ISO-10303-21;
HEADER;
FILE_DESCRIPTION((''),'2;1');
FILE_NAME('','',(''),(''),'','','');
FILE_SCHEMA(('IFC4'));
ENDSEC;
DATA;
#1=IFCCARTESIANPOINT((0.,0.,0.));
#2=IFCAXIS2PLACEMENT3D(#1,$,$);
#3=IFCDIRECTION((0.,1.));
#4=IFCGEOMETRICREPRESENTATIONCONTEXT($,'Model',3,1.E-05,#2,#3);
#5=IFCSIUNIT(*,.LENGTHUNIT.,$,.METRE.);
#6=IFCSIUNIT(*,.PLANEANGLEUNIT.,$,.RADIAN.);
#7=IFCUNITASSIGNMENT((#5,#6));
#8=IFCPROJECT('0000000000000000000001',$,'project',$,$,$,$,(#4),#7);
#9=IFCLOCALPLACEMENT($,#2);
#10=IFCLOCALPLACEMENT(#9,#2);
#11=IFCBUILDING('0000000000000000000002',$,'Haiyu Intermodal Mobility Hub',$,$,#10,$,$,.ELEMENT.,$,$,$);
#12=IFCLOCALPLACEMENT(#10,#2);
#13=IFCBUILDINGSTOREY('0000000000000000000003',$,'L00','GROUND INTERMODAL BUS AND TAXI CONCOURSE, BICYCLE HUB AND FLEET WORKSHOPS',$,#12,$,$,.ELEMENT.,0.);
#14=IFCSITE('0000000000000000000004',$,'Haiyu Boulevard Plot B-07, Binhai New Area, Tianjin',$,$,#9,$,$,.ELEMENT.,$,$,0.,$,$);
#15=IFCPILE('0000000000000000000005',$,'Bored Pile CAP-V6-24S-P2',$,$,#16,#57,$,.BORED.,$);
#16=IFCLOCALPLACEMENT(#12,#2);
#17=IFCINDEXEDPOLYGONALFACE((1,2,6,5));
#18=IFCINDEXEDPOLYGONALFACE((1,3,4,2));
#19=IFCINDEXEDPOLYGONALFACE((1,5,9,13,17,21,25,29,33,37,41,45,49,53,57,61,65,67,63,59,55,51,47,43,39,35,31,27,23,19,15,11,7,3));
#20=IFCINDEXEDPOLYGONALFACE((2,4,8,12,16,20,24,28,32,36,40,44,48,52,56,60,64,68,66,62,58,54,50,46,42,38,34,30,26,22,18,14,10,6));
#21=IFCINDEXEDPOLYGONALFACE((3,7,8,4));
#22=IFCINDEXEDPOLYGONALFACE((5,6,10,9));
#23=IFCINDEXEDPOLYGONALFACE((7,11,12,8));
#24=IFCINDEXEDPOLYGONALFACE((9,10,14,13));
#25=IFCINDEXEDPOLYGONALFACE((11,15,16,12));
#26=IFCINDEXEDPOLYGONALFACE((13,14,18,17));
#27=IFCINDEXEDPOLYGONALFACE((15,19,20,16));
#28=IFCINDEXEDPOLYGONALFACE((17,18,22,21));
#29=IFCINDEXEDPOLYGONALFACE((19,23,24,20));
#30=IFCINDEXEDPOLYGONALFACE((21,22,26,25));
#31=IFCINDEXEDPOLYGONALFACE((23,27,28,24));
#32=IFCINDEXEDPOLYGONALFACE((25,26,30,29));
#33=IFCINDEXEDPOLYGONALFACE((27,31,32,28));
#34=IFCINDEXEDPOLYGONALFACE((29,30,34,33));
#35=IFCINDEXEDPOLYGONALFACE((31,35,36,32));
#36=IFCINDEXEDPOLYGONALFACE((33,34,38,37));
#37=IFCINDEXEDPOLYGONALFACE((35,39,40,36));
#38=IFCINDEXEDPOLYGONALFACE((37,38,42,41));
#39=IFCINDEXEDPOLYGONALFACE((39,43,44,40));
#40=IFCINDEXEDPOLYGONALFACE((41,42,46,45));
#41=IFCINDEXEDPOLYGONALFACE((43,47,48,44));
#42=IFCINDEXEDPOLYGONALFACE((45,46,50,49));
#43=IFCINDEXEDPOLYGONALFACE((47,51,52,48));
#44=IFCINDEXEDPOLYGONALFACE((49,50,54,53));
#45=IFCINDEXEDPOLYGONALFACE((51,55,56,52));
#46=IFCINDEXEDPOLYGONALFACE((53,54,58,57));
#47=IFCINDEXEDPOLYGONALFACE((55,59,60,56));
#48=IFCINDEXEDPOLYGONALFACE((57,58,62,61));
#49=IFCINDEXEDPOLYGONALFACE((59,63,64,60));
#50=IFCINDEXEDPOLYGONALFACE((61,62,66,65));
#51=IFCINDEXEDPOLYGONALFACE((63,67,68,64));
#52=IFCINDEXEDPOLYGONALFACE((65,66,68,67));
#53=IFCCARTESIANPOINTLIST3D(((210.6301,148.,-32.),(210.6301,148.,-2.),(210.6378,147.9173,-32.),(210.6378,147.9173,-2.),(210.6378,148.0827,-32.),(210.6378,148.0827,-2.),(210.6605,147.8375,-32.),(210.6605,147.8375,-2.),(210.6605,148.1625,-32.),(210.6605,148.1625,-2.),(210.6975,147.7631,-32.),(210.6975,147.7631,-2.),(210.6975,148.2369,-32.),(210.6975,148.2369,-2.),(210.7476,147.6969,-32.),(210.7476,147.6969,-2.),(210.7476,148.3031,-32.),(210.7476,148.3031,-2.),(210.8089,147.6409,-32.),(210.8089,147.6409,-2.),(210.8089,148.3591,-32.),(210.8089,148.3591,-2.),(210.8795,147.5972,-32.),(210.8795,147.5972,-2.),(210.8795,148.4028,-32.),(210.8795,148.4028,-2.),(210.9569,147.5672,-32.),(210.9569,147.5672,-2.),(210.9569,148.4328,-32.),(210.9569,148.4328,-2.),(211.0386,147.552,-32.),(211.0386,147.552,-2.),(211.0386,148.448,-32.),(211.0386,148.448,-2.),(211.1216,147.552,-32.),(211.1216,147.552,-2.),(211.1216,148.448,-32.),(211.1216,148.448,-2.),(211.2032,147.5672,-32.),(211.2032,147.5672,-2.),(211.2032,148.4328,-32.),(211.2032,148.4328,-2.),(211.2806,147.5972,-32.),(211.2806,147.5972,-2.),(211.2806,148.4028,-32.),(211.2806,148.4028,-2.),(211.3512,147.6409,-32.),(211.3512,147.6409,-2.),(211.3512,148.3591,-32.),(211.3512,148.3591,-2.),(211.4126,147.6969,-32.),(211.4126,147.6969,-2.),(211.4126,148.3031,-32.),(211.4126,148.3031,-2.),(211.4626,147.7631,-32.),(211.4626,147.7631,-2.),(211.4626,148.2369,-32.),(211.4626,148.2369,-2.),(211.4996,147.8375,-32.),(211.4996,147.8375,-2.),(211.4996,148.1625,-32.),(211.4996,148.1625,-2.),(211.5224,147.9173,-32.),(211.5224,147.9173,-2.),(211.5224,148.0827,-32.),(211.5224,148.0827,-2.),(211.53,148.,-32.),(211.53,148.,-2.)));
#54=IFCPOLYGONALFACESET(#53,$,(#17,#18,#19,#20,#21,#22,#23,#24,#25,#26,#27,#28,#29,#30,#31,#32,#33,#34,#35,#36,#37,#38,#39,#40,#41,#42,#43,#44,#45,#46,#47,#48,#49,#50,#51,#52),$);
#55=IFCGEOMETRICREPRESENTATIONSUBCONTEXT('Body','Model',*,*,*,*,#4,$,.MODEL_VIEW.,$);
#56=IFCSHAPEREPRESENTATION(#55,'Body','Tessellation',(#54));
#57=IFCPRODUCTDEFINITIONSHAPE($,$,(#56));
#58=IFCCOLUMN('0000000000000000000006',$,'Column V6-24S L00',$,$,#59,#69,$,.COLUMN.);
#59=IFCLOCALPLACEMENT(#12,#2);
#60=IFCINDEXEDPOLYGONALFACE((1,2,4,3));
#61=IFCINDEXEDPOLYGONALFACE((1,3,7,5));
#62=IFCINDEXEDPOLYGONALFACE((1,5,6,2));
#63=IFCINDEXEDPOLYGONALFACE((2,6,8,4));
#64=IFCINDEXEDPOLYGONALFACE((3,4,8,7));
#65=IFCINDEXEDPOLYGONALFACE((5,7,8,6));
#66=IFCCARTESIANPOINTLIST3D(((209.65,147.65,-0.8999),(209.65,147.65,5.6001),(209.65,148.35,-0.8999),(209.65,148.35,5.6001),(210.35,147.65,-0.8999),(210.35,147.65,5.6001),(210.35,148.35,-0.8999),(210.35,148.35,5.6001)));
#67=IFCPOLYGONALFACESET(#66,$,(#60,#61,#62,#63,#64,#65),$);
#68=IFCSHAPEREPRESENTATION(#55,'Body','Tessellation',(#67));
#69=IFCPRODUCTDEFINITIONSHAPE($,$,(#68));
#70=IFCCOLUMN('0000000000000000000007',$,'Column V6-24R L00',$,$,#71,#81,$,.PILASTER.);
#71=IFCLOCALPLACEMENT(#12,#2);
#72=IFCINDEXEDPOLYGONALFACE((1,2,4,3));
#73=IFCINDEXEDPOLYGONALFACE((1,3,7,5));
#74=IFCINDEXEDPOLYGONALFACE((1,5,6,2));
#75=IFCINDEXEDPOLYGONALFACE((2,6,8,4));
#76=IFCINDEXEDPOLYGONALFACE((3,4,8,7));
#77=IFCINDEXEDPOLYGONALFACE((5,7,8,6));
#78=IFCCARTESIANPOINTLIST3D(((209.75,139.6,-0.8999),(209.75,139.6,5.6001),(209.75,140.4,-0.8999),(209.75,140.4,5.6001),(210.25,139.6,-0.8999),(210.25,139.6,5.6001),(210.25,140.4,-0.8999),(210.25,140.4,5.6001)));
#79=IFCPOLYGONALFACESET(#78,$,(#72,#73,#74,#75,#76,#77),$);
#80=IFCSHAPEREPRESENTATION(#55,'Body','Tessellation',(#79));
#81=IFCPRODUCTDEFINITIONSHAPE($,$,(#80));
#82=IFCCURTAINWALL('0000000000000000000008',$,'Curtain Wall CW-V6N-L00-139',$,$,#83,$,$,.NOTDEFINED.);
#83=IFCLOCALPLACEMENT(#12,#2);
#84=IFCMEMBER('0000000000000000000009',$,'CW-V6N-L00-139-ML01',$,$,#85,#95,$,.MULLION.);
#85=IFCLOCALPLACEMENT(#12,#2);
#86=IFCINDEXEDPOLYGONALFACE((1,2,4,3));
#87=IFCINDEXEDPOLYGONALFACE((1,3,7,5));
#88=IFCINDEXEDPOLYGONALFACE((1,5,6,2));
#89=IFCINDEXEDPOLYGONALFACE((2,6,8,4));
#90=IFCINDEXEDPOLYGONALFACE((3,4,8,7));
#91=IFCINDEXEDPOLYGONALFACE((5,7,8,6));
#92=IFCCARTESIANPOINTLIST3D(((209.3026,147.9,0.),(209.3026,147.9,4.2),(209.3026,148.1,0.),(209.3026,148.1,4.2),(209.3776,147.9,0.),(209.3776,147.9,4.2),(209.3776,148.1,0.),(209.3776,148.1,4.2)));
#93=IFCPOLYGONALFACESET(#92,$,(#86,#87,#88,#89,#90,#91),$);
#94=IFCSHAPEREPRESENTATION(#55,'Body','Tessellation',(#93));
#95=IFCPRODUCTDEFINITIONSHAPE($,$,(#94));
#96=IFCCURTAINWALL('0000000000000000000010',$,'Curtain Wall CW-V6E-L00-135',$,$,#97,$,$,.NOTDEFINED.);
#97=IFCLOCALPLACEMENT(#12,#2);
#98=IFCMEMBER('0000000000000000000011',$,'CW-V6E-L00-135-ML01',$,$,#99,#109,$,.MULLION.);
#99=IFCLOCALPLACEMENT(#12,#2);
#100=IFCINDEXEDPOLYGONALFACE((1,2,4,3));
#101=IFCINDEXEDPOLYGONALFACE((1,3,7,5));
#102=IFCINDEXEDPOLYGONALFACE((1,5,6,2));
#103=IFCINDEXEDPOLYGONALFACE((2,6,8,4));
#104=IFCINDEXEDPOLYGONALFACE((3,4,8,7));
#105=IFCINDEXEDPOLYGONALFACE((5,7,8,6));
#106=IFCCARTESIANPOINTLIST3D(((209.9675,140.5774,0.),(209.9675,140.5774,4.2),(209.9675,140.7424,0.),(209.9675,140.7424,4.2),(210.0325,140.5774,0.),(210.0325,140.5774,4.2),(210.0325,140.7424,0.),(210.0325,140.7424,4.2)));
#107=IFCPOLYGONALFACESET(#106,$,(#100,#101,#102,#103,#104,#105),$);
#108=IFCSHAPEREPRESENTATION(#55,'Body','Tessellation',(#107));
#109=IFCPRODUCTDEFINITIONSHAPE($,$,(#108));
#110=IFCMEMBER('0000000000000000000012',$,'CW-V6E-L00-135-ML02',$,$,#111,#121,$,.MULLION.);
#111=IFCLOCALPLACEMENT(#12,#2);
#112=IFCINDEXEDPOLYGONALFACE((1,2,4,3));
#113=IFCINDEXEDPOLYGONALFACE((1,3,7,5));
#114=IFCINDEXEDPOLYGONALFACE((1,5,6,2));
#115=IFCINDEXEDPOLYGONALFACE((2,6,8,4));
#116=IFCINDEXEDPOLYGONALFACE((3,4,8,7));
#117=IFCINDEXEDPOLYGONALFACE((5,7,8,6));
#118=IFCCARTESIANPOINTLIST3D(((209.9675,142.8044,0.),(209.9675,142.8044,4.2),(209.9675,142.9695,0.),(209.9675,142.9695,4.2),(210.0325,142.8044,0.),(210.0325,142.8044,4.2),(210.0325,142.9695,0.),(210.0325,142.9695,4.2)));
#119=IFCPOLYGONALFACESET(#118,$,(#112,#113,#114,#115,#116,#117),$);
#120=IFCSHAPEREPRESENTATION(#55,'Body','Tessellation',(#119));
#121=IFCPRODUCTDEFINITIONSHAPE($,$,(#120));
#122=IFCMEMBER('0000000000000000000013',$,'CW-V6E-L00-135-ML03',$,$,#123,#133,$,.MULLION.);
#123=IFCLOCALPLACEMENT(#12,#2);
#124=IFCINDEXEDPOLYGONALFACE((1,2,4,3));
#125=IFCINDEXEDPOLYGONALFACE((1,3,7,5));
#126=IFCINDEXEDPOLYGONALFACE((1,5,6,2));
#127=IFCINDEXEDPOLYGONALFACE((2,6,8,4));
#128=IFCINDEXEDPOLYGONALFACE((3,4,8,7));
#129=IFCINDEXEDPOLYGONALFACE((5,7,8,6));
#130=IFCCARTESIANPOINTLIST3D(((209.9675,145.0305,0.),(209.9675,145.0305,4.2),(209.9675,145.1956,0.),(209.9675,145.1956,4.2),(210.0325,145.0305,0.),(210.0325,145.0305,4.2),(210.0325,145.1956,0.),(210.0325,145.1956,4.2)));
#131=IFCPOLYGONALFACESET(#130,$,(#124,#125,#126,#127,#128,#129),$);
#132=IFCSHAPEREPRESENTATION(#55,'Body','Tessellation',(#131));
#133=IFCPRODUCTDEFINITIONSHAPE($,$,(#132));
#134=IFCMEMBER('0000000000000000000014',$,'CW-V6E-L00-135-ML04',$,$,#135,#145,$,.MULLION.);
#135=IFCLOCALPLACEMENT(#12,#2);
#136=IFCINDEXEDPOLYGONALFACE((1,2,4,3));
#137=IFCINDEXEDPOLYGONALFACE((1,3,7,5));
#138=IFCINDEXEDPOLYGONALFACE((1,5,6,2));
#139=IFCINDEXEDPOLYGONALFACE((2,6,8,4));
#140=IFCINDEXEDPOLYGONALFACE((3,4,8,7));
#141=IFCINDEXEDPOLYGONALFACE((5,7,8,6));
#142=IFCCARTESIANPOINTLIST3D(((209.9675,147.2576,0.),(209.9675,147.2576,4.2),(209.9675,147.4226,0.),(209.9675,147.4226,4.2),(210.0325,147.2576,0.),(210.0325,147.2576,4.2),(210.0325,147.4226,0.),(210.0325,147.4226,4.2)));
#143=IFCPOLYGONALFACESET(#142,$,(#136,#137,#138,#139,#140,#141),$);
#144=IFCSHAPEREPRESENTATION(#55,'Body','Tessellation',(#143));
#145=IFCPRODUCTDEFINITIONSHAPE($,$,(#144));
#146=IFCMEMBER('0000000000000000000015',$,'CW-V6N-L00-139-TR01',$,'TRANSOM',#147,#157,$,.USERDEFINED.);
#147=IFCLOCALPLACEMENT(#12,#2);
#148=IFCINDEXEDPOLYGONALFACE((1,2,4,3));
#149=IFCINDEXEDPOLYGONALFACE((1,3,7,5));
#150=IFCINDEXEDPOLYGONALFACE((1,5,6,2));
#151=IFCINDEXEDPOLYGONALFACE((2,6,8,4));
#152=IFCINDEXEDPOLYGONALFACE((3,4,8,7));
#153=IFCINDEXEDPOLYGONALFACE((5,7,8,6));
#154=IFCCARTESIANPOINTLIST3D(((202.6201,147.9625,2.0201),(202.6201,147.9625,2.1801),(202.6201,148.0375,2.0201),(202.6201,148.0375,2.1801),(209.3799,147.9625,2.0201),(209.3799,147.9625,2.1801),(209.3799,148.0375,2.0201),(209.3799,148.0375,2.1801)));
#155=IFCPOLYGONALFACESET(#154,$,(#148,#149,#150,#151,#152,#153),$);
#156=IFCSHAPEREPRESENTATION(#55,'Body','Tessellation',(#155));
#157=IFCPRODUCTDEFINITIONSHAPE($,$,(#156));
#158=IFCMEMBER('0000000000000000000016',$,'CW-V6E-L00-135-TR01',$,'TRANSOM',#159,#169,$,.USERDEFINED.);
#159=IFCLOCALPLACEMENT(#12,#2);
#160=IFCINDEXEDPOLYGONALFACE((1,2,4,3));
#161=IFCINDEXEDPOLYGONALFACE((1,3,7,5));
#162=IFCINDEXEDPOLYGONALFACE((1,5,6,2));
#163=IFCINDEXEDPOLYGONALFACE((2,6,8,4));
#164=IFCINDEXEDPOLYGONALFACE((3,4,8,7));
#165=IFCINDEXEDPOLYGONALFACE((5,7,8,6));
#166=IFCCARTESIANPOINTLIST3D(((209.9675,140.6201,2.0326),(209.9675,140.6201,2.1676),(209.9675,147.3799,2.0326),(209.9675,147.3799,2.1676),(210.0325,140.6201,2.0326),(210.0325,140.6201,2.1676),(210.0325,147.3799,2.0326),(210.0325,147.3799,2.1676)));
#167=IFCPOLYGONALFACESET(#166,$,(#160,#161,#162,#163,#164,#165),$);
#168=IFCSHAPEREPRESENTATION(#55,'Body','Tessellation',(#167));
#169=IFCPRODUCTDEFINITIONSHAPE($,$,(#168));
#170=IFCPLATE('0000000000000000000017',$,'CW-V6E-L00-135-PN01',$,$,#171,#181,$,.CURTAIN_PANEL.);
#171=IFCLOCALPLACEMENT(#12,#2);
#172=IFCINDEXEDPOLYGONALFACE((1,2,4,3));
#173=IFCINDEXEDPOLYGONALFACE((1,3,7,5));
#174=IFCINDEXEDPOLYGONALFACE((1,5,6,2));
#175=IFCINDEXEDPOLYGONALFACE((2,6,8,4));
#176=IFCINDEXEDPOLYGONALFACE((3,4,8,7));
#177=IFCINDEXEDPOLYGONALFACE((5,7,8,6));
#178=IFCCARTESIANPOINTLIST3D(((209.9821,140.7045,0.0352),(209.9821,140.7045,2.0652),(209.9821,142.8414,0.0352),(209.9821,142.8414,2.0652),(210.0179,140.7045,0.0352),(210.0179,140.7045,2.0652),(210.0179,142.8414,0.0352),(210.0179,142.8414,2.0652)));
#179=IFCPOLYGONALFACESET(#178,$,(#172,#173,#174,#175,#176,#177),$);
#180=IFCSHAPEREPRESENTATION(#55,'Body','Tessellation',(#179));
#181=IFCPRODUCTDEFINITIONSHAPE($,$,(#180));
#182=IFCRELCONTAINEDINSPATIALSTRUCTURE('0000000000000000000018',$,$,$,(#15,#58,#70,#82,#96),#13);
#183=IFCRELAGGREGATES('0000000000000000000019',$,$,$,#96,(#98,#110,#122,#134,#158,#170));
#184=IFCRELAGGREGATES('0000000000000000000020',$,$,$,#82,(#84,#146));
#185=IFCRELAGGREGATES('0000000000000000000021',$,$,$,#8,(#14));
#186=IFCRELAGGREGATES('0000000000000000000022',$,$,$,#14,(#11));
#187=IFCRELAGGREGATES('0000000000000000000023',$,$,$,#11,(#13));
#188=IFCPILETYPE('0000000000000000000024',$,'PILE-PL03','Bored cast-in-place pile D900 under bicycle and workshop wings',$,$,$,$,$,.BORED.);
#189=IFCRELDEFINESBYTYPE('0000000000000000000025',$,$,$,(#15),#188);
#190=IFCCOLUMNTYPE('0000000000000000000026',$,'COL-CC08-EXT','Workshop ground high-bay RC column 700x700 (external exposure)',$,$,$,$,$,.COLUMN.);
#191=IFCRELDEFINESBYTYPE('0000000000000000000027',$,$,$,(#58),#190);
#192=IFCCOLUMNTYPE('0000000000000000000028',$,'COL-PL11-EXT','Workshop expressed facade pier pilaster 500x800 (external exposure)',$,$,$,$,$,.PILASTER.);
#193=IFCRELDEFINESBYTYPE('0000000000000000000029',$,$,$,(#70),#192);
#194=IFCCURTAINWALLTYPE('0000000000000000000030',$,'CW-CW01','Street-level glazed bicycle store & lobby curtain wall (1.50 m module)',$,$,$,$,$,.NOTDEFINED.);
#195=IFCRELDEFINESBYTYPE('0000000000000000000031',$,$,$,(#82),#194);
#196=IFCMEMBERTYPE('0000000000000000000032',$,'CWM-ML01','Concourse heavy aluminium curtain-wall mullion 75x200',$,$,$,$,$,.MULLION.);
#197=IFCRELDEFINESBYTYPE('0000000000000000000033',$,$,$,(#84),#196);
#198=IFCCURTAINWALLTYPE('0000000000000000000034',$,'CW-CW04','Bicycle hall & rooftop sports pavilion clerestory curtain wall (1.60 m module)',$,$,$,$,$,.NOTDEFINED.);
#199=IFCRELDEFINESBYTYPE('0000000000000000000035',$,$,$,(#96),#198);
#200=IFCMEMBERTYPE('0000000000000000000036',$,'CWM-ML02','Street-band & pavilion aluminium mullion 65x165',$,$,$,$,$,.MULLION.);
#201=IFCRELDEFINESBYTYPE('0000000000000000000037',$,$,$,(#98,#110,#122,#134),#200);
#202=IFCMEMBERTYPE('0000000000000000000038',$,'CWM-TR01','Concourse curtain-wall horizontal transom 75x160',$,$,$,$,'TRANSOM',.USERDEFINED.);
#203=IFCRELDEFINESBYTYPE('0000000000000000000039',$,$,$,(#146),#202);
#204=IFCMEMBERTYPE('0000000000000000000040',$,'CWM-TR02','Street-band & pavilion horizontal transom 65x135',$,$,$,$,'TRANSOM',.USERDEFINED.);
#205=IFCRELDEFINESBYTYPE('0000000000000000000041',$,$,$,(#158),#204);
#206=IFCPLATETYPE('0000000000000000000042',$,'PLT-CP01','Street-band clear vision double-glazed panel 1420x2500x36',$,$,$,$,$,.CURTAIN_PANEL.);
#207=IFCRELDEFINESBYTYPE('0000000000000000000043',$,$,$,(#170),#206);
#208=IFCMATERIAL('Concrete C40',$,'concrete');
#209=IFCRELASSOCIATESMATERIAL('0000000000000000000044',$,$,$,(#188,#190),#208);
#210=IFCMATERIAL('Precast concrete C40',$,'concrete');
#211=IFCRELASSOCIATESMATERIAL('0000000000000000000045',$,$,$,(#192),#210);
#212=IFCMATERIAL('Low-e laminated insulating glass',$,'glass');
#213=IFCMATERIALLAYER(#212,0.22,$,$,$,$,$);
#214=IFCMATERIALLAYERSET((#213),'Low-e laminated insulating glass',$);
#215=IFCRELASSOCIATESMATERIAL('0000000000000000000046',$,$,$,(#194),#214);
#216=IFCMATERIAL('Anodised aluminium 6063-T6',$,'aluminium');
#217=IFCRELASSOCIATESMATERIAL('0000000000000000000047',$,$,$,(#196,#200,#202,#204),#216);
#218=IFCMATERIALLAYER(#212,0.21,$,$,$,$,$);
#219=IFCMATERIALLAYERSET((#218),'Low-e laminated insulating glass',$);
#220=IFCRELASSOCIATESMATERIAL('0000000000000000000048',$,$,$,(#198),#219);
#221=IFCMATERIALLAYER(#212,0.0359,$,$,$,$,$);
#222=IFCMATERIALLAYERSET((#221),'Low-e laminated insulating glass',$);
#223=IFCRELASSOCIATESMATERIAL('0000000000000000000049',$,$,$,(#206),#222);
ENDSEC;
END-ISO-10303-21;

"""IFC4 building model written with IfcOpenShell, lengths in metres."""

from ifc_helpers import new_model, si_unit, direction, frame, origin, origin_2d, place, context, subcontext, project, spatial, rectangle, circle, extrude, material, layer, layer_set, material_profile, profile_set, type_object, element, aggregate, save


model = new_model("IFC4")

# Units and contexts
model_context = context("Model", 3, precision=1e-05, world=origin(), true_north=direction((0.0, 1.0)))
body_context = subcontext(model_context, "Body", "Model", "MODEL_VIEW")
ifc_project = project(units=[si_unit("LENGTHUNIT", "METRE"), si_unit("PLANEANGLEUNIT", "RADIAN")], contexts=[model_context])

# Site, building, storey
site_placement = place(None, origin())
site = spatial("IfcSite", under=ifc_project, at=site_placement, Name="Haiyu Boulevard Plot B-07, Binhai New Area, Tianjin", CompositionType="ELEMENT", RefElevation=0.0)
building_placement = place(site_placement, origin())
building = spatial("IfcBuilding", under=site, at=building_placement, Name="Haiyu Intermodal Mobility Hub", CompositionType="ELEMENT")
storey_placement = place(building_placement, origin())
storey = spatial("IfcBuildingStorey", under=building, at=storey_placement, Name="L00", Description="GROUND INTERMODAL BUS AND TAXI CONCOURSE, BICYCLE HUB AND FLEET WORKSHOPS", CompositionType="ELEMENT", Elevation=0.0)

# Shared definitions
ifc_material_1 = material(Name="Concrete C40", Category="concrete")

# Pile
ifc_material_profile_1 = material_profile(ifc_material_1, circle(Radius=0.45, at=origin_2d()), Name="PILE-D900")
ifc_profile_set_1 = profile_set([ifc_material_profile_1], Name="Concrete C40")
pile_type = type_object("IfcPileType", Name="PILE-PL03", Description="Bored cast-in-place pile D900 under bicycle and workshop wings", PredefinedType="BORED", material=ifc_profile_set_1)
for number, where, z_axis, x_axis, name in (
    (1, (211.0801, 148.0, -2.0), (0.0, 0.0, -1.0), (1.0, 0.0, 0.0), "Bored Pile CAP-V6-24S-P2"),
):
    element("IfcPile", number, at=place(storey_placement, frame(where, z_axis=z_axis, x_axis=x_axis)), inside=storey, type_object=pile_type, Name=name, PredefinedType="BORED", context=body_context, shape_type="SweptSolid", body=[
        extrude(circle(Radius=0.45, at=origin_2d()), origin(), (0.0, 0.0, 1.0), 30.0),
    ])

# Columns
ifc_material_profile_2 = material_profile(ifc_material_1, rectangle(XDim=0.7, YDim=0.7, at=origin_2d()), Name="RC700x700")
ifc_profile_set_2 = profile_set([ifc_material_profile_2], Name="Concrete C40")
column_type_1 = type_object("IfcColumnType", Name="COL-CC08-EXT", Description="Workshop ground high-bay RC column 700x700 (external exposure)", PredefinedType="COLUMN", material=ifc_profile_set_2)
column_1_placement = place(storey_placement, frame((210.0, 148.0, -0.8999), z_axis=(0.0, 0.0, 1.0), x_axis=(1.0, 0.0, 0.0)))
element("IfcColumn", 2, at=column_1_placement, inside=storey, type_object=column_type_1, Name="Column V6-24S L00", PredefinedType="COLUMN", context=body_context, shape_type="SweptSolid", body=[
    extrude(rectangle(XDim=0.7, YDim=0.7, at=origin_2d()), origin(), (0.0, 0.0, 1.0), 6.5),
])
ifc_material_2 = material(Name="Precast concrete C40", Category="concrete")
ifc_material_profile_3 = material_profile(ifc_material_2, rectangle(XDim=0.5, YDim=0.8, at=origin_2d()), Name="RC500x800")
ifc_profile_set_3 = profile_set([ifc_material_profile_3], Name="Precast concrete C40")
column_type_2 = type_object("IfcColumnType", Name="COL-PL11-EXT", Description="Workshop expressed facade pier pilaster 500x800 (external exposure)", PredefinedType="PILASTER", material=ifc_profile_set_3)
column_2_placement = place(storey_placement, frame((210.0, 140.0, -0.8999), z_axis=(0.0, 0.0, 1.0), x_axis=(1.0, 0.0, 0.0)))
element("IfcColumn", 3, at=column_2_placement, inside=storey, type_object=column_type_2, Name="Column V6-24R L00", PredefinedType="PILASTER", context=body_context, shape_type="SweptSolid", body=[
    extrude(rectangle(XDim=0.5, YDim=0.8, at=origin_2d()), origin(), (0.0, 0.0, 1.0), 6.5),
])

# Curtain wall, member
ifc_material_3 = material(Name="Low-e laminated insulating glass", Category="glass")
ifc_layer_1 = layer(ifc_material_3, 0.22)
ifc_layer_set_1 = layer_set([ifc_layer_1], Name="Low-e laminated insulating glass")
curtain_wall_type_1 = type_object("IfcCurtainWallType", Name="CW-CW01", Description="Street-level glazed bicycle store & lobby curtain wall (1.50 m module)", PredefinedType="NOTDEFINED", material=ifc_layer_set_1)
curtain_wall_1_placement = place(storey_placement, origin())
curtain_wall_1 = element("IfcCurtainWall", 4, at=curtain_wall_1_placement, inside=storey, type_object=curtain_wall_type_1, Name="Curtain Wall CW-V6N-L00-139", PredefinedType="NOTDEFINED")
ifc_material_4 = material(Name="Anodised aluminium 6063-T6", Category="aluminium")
ifc_material_profile_4 = material_profile(ifc_material_4, rectangle(XDim=0.075, YDim=0.2, at=origin_2d()), Name="ALU75x200")
ifc_profile_set_4 = profile_set([ifc_material_profile_4], Name="Anodised aluminium 6063-T6")
member_type_1 = type_object("IfcMemberType", Name="CWM-ML01", Description="Concourse heavy aluminium curtain-wall mullion 75x200", PredefinedType="MULLION", material=ifc_profile_set_4)
member_1_placement = place(storey_placement, frame((209.3401, 148.0, 0.0), z_axis=(0.0, 0.0, 1.0), x_axis=(1.0, 0.0, 0.0)))
member_1 = element("IfcMember", 5, at=member_1_placement, type_object=member_type_1, Name="CW-V6N-L00-139-ML01", PredefinedType="MULLION", context=body_context, shape_type="SweptSolid", body=[
    extrude(rectangle(XDim=0.075, YDim=0.2, at=origin_2d()), origin(), (0.0, 0.0, 1.0), 4.2),
])

# Curtain wall, members
ifc_layer_2 = layer(ifc_material_3, 0.21)
ifc_layer_set_2 = layer_set([ifc_layer_2], Name="Low-e laminated insulating glass")
curtain_wall_type_2 = type_object("IfcCurtainWallType", Name="CW-CW04", Description="Bicycle hall & rooftop sports pavilion clerestory curtain wall (1.60 m module)", PredefinedType="NOTDEFINED", material=ifc_layer_set_2)
curtain_wall_2_placement = place(storey_placement, origin())
curtain_wall_2 = element("IfcCurtainWall", 6, at=curtain_wall_2_placement, inside=storey, type_object=curtain_wall_type_2, Name="Curtain Wall CW-V6E-L00-135", PredefinedType="NOTDEFINED")
ifc_material_profile_5 = material_profile(ifc_material_4, rectangle(XDim=0.0649, YDim=0.165, at=origin_2d()), Name="ALU65x165")
ifc_profile_set_5 = profile_set([ifc_material_profile_5], Name="Anodised aluminium 6063-T6")
member_type_2 = type_object("IfcMemberType", Name="CWM-ML02", Description="Street-band & pavilion aluminium mullion 65x165", PredefinedType="MULLION", material=ifc_profile_set_5)
member_2_placement = place(storey_placement, frame((210.0, 140.6599, 0.0), z_axis=(0.0, 0.0, 1.0), x_axis=(1.0, 0.0, 0.0)))
member_2 = element("IfcMember", 7, at=member_2_placement, type_object=member_type_2, Name="CW-V6E-L00-135-ML01", PredefinedType="MULLION", context=body_context, shape_type="SweptSolid", body=[
    extrude(rectangle(XDim=0.0649, YDim=0.165, at=origin_2d()), origin(), (0.0, 0.0, 1.0), 4.2),
])
member_3_placement = place(storey_placement, frame((210.0, 142.887, 0.0), z_axis=(0.0, 0.0, 1.0), x_axis=(1.0, 0.0, 0.0)))
member_3 = element("IfcMember", 8, at=member_3_placement, type_object=member_type_2, Name="CW-V6E-L00-135-ML02", PredefinedType="MULLION", context=body_context, shape_type="SweptSolid", body=[
    extrude(rectangle(XDim=0.0649, YDim=0.165, at=origin_2d()), origin(), (0.0, 0.0, 1.0), 4.2),
])
member_4_placement = place(storey_placement, frame((210.0, 145.113, 0.0), z_axis=(0.0, 0.0, 1.0), x_axis=(1.0, 0.0, 0.0)))
member_4 = element("IfcMember", 9, at=member_4_placement, type_object=member_type_2, Name="CW-V6E-L00-135-ML03", PredefinedType="MULLION", context=body_context, shape_type="SweptSolid", body=[
    extrude(rectangle(XDim=0.0649, YDim=0.165, at=origin_2d()), origin(), (0.0, 0.0, 1.0), 4.2),
])
member_5_placement = place(storey_placement, frame((210.0, 147.3401, 0.0), z_axis=(0.0, 0.0, 1.0), x_axis=(1.0, 0.0, 0.0)))
member_5 = element("IfcMember", 10, at=member_5_placement, type_object=member_type_2, Name="CW-V6E-L00-135-ML04", PredefinedType="MULLION", context=body_context, shape_type="SweptSolid", body=[
    extrude(rectangle(XDim=0.0649, YDim=0.165, at=origin_2d()), origin(), (0.0, 0.0, 1.0), 4.2),
])

# Members
ifc_material_profile_6 = material_profile(ifc_material_4, rectangle(XDim=0.075, YDim=0.1599, at=origin_2d()), Name="ALU75x160")
ifc_profile_set_6 = profile_set([ifc_material_profile_6], Name="Anodised aluminium 6063-T6")
member_type_3 = type_object("IfcMemberType", Name="CWM-TR01", Description="Concourse curtain-wall horizontal transom 75x160", ElementType="TRANSOM", PredefinedType="USERDEFINED", material=ifc_profile_set_6)
member_6_placement = place(storey_placement, frame((209.3799, 148.0, 2.1001), z_axis=(-1.0, 0.0, 0.0), x_axis=(0.0, -1.0, 0.0)))
member_6 = element("IfcMember", 11, at=member_6_placement, type_object=member_type_3, Name="CW-V6N-L00-139-TR01", ObjectType="TRANSOM", PredefinedType="USERDEFINED", context=body_context, shape_type="SweptSolid", body=[
    extrude(rectangle(XDim=0.075, YDim=0.1599, at=origin_2d()), origin(), (0.0, 0.0, 1.0), 6.7598),
])
ifc_material_profile_7 = material_profile(ifc_material_4, rectangle(XDim=0.0649, YDim=0.135, at=origin_2d()), Name="ALU65x135")
ifc_profile_set_7 = profile_set([ifc_material_profile_7], Name="Anodised aluminium 6063-T6")
member_type_4 = type_object("IfcMemberType", Name="CWM-TR02", Description="Street-band & pavilion horizontal transom 65x135", ElementType="TRANSOM", PredefinedType="USERDEFINED", material=ifc_profile_set_7)
member_7_placement = place(storey_placement, frame((210.0, 140.6201, 2.1001), z_axis=(0.0, 1.0, 0.0), x_axis=(-1.0, 0.0, 0.0)))
member_7 = element("IfcMember", 12, at=member_7_placement, type_object=member_type_4, Name="CW-V6E-L00-135-TR01", ObjectType="TRANSOM", PredefinedType="USERDEFINED", context=body_context, shape_type="SweptSolid", body=[
    extrude(rectangle(XDim=0.0649, YDim=0.135, at=origin_2d()), origin(), (0.0, 0.0, 1.0), 6.7598),
])

# Plate
ifc_layer_3 = layer(ifc_material_3, 0.0359)
ifc_layer_set_3 = layer_set([ifc_layer_3], Name="Low-e laminated insulating glass")
plate_type_1 = type_object("IfcPlateType", Name="PLT-CP01", Description="Street-band clear vision double-glazed panel 1420x2500x36", PredefinedType="CURTAIN_PANEL", material=ifc_layer_set_3)
plate_1_placement = place(storey_placement, frame((210.0, 141.7729, 0.0352), z_axis=(0.0, 0.0, 1.0), x_axis=(0.0, 1.0, 0.0)))
plate_1 = element("IfcPlate", 13, at=plate_1_placement, type_object=plate_type_1, Name="CW-V6E-L00-135-PN01", PredefinedType="CURTAIN_PANEL", context=body_context, shape_type="SweptSolid", body=[
    extrude(rectangle(XDim=2.137, YDim=0.0359, at=origin_2d()), origin(), (0.0, 0.0, 1.0), 2.03),
])
aggregate(curtain_wall_2, [member_2, member_3, member_4, member_5, member_7, plate_1])
aggregate(curtain_wall_1, [member_1, member_6])

save(model, "model.ifc")
